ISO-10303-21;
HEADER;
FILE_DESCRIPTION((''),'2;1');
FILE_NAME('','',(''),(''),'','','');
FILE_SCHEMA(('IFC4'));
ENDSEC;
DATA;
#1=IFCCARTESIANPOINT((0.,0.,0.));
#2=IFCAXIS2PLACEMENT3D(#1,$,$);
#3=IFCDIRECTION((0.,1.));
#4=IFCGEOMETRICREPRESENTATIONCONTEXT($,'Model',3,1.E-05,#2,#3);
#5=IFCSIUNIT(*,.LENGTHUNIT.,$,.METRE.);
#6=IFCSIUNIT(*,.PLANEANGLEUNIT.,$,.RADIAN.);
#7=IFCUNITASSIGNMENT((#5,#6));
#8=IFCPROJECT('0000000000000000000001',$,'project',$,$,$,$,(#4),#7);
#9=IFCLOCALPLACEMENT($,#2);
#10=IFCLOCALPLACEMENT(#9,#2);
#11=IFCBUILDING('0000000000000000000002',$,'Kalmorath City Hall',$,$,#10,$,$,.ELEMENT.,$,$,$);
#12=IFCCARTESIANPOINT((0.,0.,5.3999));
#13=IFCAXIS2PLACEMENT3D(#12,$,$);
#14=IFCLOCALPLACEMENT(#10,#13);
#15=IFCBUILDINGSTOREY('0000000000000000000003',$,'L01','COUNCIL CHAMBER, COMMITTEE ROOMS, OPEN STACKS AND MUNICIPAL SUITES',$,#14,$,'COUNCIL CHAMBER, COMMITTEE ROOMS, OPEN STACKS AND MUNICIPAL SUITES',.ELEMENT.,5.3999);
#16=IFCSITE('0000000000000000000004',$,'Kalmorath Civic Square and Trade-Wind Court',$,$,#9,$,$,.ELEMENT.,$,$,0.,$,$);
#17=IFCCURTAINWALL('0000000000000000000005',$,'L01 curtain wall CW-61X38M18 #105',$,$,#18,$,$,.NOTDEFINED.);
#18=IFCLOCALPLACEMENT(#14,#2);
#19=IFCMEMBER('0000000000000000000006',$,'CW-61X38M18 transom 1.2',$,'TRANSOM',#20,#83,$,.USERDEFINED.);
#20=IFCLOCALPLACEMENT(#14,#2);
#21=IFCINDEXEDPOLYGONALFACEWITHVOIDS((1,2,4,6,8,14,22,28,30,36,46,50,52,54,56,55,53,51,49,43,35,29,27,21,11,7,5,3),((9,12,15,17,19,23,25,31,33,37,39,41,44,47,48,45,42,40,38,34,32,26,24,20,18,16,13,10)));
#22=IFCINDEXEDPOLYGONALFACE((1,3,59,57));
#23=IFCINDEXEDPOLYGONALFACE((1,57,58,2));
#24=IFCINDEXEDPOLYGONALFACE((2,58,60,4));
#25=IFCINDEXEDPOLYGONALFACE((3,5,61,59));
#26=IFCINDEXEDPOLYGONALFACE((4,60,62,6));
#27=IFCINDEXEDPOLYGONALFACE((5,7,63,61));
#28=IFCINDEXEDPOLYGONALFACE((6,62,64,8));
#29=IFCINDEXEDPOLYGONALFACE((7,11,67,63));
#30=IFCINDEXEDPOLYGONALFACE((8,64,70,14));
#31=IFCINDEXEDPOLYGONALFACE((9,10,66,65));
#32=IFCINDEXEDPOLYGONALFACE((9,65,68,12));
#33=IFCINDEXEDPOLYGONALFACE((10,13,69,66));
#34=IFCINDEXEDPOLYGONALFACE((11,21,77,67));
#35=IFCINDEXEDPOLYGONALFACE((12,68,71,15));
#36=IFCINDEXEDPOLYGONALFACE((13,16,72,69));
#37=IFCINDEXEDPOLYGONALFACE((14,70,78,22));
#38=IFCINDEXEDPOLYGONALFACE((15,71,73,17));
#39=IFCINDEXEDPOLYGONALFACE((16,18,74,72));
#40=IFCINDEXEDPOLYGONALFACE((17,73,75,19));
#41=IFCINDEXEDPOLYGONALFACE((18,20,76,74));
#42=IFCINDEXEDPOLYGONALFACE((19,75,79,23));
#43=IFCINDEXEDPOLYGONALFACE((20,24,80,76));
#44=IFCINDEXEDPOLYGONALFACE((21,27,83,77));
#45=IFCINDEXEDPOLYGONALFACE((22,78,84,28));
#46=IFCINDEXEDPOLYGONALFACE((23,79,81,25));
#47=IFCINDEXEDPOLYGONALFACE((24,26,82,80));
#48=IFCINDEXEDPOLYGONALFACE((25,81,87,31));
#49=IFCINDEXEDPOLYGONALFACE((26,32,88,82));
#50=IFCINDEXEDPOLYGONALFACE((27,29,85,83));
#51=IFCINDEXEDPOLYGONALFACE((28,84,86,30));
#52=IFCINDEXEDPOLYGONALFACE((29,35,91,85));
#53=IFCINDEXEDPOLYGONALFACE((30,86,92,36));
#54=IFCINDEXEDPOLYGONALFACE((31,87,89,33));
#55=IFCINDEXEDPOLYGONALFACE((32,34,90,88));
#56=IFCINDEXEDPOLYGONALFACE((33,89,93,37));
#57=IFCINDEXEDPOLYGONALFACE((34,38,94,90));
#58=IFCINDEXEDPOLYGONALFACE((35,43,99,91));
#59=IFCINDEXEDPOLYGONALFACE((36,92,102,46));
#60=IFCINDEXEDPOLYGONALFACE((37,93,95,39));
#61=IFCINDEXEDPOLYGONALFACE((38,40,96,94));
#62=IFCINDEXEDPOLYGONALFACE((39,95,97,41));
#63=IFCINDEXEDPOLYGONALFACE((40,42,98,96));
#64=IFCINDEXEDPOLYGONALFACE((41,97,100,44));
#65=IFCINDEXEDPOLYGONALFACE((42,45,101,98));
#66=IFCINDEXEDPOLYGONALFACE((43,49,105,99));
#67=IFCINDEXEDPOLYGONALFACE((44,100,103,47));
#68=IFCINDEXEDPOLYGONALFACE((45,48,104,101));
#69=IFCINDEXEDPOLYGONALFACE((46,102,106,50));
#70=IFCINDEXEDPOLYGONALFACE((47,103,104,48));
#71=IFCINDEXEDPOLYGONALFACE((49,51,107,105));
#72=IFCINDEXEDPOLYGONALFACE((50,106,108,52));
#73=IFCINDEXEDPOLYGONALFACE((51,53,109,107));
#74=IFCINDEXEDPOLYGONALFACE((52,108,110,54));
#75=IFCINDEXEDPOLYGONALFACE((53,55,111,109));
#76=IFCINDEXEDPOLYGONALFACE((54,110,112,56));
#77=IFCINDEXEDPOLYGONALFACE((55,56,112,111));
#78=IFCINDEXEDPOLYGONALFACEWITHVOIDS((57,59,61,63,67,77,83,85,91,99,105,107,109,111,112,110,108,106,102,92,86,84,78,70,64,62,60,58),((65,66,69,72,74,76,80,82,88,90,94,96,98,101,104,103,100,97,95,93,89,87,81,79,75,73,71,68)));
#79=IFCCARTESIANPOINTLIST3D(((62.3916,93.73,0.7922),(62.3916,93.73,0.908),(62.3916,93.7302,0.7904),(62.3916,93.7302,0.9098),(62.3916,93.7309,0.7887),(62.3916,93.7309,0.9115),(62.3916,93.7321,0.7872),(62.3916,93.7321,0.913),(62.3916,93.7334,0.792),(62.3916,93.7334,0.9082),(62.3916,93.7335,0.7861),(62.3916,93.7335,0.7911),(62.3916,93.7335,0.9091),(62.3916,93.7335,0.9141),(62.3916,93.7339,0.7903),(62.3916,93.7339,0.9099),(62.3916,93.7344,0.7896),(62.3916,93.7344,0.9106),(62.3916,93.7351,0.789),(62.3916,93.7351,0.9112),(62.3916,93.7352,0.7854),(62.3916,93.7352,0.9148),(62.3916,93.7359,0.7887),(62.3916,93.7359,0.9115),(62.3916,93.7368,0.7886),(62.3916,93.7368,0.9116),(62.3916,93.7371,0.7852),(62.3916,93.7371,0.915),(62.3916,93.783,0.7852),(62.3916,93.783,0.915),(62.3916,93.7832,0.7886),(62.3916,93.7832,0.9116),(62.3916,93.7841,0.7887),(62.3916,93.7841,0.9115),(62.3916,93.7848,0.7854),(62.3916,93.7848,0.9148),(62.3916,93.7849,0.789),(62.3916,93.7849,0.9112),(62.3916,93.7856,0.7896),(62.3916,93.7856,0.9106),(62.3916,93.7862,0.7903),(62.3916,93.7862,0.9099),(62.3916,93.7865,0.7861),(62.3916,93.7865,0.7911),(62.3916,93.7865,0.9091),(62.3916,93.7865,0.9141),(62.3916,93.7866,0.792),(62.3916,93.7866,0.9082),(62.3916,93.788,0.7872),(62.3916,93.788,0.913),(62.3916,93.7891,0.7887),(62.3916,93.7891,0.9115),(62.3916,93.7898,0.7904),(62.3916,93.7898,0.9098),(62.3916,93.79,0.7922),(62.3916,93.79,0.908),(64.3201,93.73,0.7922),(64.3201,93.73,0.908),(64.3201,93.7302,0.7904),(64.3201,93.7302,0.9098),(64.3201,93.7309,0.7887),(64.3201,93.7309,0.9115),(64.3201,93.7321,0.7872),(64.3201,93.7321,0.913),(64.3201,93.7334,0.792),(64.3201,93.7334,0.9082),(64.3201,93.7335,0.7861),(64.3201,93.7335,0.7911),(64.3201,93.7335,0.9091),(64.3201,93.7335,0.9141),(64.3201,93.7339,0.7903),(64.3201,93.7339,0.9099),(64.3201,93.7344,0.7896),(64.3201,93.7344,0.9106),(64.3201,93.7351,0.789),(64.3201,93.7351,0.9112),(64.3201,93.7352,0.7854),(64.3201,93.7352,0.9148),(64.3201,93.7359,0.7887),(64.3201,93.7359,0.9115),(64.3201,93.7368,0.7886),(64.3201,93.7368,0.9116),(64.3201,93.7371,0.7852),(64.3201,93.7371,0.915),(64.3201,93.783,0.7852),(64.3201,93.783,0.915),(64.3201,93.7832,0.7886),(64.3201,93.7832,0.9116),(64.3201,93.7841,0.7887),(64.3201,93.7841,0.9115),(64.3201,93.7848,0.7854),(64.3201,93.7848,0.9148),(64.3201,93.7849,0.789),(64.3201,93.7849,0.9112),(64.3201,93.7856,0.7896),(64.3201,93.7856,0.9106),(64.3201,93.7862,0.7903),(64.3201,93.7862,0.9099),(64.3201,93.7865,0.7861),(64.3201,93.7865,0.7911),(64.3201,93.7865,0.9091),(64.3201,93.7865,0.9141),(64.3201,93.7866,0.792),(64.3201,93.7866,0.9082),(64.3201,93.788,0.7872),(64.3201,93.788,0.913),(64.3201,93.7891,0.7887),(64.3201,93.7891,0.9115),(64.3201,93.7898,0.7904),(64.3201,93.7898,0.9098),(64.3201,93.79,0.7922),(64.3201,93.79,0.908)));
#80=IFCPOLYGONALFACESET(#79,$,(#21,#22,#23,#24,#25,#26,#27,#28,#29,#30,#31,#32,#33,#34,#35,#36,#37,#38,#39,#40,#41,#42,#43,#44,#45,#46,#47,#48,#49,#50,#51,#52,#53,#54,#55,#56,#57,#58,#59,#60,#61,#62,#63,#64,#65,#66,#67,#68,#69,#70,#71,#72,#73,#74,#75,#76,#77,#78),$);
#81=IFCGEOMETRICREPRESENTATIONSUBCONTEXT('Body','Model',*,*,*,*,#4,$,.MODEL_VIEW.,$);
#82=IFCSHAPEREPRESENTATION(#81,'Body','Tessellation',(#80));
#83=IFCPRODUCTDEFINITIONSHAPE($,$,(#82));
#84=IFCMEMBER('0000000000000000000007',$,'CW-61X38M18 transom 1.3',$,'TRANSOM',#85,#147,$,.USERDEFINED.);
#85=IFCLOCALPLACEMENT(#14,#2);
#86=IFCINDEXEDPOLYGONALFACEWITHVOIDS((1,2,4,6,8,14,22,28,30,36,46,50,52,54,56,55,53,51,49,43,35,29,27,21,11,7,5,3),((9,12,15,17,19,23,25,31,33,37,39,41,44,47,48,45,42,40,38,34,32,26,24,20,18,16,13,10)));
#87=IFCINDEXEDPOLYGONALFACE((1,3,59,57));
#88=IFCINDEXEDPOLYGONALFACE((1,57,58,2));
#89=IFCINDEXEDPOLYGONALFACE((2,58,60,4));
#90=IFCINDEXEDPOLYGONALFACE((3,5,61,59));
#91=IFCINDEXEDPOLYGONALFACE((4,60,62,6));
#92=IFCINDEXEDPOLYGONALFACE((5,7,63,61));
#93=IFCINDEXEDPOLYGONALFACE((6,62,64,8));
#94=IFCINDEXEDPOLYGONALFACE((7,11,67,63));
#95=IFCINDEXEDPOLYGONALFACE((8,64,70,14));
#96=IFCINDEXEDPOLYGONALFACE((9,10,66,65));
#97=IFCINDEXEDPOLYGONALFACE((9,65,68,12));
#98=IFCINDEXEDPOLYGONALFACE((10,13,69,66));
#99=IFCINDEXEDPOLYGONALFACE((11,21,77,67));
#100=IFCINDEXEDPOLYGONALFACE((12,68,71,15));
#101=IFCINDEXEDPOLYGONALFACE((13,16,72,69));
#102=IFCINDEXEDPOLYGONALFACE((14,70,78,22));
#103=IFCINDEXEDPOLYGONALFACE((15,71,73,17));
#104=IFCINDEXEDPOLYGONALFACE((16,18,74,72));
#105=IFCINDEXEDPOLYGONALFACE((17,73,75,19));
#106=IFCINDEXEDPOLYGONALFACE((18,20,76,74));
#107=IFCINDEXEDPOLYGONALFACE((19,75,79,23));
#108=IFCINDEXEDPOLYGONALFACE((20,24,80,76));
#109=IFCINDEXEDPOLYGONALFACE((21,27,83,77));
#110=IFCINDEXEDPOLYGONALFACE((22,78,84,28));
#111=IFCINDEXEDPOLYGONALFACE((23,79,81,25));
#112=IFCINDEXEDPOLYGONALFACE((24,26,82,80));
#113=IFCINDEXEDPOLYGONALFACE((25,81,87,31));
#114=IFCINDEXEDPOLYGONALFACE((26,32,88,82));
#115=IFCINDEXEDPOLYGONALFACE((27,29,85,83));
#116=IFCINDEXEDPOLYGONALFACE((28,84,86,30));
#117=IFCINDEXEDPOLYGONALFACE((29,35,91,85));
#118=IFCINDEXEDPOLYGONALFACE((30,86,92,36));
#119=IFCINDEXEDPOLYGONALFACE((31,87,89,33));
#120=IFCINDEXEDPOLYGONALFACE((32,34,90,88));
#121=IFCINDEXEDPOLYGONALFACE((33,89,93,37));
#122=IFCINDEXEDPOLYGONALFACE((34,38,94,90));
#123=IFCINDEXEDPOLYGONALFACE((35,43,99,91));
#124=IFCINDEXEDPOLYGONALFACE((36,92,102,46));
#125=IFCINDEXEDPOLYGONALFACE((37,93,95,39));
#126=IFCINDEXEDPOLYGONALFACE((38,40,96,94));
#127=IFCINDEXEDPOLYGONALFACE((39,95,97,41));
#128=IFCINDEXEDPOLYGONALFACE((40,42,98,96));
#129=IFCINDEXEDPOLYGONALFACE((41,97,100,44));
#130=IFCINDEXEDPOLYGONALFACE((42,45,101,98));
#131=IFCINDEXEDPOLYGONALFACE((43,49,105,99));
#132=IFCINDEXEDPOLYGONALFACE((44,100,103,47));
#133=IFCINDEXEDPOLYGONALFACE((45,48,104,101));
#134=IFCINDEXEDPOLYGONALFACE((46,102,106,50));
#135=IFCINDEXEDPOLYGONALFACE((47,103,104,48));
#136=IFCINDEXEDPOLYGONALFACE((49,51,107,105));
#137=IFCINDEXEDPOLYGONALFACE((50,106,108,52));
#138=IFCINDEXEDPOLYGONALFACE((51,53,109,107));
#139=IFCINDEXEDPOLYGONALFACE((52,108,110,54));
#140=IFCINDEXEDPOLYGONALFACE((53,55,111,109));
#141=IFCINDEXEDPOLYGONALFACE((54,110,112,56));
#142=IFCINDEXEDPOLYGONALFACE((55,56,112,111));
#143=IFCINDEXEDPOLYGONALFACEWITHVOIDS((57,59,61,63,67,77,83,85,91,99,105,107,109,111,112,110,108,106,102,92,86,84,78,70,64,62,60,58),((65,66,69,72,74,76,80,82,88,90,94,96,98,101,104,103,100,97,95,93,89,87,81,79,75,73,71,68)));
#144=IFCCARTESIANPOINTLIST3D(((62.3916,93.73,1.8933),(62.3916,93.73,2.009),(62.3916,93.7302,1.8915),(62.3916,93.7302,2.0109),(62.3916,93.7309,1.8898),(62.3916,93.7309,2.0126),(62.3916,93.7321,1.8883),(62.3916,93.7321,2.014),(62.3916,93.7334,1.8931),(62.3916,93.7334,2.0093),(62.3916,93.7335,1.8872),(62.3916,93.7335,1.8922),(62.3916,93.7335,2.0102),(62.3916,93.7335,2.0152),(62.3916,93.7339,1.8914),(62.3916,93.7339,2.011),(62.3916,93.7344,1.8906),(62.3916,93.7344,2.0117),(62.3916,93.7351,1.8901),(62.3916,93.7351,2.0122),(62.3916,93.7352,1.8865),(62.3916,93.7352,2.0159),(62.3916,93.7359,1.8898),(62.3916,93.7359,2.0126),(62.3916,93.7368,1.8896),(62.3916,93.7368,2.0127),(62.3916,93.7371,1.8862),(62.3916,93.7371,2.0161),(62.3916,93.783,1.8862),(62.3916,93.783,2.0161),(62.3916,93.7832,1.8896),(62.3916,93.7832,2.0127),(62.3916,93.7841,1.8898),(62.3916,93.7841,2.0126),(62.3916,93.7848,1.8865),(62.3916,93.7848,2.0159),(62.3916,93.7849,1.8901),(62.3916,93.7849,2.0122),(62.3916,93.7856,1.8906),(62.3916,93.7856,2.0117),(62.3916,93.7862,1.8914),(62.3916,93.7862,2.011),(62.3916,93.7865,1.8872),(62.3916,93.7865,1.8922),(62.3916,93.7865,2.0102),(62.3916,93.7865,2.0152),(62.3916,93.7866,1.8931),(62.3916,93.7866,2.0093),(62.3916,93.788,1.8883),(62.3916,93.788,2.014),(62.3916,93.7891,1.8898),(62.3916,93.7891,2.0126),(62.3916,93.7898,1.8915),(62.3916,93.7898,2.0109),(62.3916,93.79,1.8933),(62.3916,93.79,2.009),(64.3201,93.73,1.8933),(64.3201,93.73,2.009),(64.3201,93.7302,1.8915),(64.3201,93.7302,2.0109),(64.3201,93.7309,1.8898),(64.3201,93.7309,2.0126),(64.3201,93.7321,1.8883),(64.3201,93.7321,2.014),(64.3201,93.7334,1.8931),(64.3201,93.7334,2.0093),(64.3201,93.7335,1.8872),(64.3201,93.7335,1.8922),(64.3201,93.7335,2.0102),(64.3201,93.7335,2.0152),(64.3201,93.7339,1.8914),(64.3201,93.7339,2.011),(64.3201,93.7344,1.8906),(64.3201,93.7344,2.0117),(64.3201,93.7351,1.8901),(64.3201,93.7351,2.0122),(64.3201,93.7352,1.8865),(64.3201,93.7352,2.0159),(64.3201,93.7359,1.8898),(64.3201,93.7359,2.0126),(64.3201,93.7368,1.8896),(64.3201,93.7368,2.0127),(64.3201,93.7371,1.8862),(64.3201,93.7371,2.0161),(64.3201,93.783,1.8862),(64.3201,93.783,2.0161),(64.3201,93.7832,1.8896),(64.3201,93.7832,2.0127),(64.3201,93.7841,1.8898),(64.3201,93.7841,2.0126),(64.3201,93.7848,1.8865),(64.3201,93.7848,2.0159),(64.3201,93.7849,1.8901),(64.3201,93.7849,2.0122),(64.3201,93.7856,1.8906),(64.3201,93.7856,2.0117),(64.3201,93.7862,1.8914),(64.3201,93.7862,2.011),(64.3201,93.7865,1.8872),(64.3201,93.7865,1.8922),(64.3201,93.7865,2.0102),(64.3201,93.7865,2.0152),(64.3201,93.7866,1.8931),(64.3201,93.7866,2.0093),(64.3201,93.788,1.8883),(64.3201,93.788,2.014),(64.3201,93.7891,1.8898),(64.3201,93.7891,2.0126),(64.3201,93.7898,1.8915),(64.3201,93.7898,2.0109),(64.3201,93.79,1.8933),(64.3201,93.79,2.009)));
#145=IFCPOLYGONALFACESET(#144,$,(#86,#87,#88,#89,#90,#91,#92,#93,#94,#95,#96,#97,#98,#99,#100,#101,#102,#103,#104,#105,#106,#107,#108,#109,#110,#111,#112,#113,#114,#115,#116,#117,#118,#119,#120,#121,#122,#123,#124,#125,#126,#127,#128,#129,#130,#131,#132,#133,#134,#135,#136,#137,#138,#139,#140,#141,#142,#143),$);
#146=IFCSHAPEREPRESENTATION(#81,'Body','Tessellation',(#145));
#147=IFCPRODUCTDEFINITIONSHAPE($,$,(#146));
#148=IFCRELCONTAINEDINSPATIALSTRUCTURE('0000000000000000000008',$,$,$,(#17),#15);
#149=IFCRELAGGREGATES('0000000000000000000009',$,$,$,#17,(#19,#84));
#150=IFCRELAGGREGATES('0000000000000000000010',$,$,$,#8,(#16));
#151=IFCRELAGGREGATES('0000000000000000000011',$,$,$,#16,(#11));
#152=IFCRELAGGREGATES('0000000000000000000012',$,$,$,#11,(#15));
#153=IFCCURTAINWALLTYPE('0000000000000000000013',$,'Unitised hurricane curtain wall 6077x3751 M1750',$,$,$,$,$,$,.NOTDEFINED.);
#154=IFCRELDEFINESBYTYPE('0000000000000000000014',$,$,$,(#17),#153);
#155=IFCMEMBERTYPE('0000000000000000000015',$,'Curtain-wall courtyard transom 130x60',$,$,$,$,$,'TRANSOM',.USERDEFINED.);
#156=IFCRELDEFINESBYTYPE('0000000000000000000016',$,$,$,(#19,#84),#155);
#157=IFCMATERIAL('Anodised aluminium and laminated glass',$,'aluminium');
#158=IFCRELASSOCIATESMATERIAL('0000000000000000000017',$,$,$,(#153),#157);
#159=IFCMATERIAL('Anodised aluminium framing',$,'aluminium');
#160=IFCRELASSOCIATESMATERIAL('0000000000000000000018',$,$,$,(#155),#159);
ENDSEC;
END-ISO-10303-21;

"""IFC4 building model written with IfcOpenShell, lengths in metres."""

from ifc_helpers import new_model, si_unit, direction, frame, origin, origin_2d, place, context, subcontext, project, spatial, hollow_rectangle, extrude, material, material_profile, profile_set, type_object, element, aggregate, save


model = new_model("IFC4")

# Units and contexts
model_context = context("Model", 3, precision=1e-05, world=origin(), true_north=direction((0.0, 1.0)))
body_context = subcontext(model_context, "Body", "Model", "MODEL_VIEW")
ifc_project = project(units=[si_unit("LENGTHUNIT", "METRE"), si_unit("PLANEANGLEUNIT", "RADIAN")], contexts=[model_context])

# Site, building, storey
site_placement = place(None, origin())
site = spatial("IfcSite", under=ifc_project, at=site_placement, Name="Kalmorath Civic Square and Trade-Wind Court", CompositionType="ELEMENT", RefElevation=0.0)
building_placement = place(site_placement, origin())
building = spatial("IfcBuilding", under=site, at=building_placement, Name="Kalmorath City Hall", CompositionType="ELEMENT")
storey_placement = place(building_placement, frame((0.0, 0.0, 5.3999)))
storey = spatial("IfcBuildingStorey", under=building, at=storey_placement, Name="L01", Description="COUNCIL CHAMBER, COMMITTEE ROOMS, OPEN STACKS AND MUNICIPAL SUITES", LongName="COUNCIL CHAMBER, COMMITTEE ROOMS, OPEN STACKS AND MUNICIPAL SUITES", CompositionType="ELEMENT", Elevation=5.3999)

# Curtain wall, members
ifc_material_1 = material(Name="Anodised aluminium and laminated glass", Category="aluminium")
curtain_wall_type = type_object("IfcCurtainWallType", Name="Unitised hurricane curtain wall 6077x3751 M1750", PredefinedType="NOTDEFINED", material=ifc_material_1)
curtain_wall_placement = place(storey_placement, origin())
curtain_wall = element("IfcCurtainWall", 1, at=curtain_wall_placement, inside=storey, type_object=curtain_wall_type, Name="L01 curtain wall CW-61X38M18 #105", PredefinedType="NOTDEFINED")
ifc_material_2 = material(Name="Anodised aluminium framing", Category="aluminium")
ifc_material_profile_1 = material_profile(ifc_material_2, hollow_rectangle(XDim=0.0601, YDim=0.1299, WallThickness=0.0034, InnerFilletRadius=0.0034, OuterFilletRadius=0.0071, at=origin_2d()), Name="ALU-TRN-130X60X3.5")
ifc_profile_set_1 = profile_set([ifc_material_profile_1], Name="Anodised aluminium framing")
member_type_1 = type_object("IfcMemberType", Name="Curtain-wall courtyard transom 130x60", ElementType="TRANSOM", PredefinedType="USERDEFINED", material=ifc_profile_set_1)
member_1_placement = place(storey_placement, frame((64.3201, 93.76, 0.8501), z_axis=(-1.0, 0.0, 0.0), x_axis=(0.0, -1.0, 0.0)))
member_1 = element("IfcMember", 2, at=member_1_placement, type_object=member_type_1, Name="CW-61X38M18 transom 1.2", ObjectType="TRANSOM", PredefinedType="USERDEFINED", context=body_context, shape_type="SweptSolid", body=[
    extrude(hollow_rectangle(XDim=0.0601, YDim=0.1299, WallThickness=0.0034, InnerFilletRadius=0.0034, OuterFilletRadius=0.0071, at=origin_2d()), origin(), (0.0, 0.0, 1.0), 1.9285),
])
member_2_placement = place(storey_placement, frame((64.3201, 93.76, 1.9512), z_axis=(-1.0, 0.0, 0.0), x_axis=(0.0, -1.0, 0.0)))
member_2 = element("IfcMember", 3, at=member_2_placement, type_object=member_type_1, Name="CW-61X38M18 transom 1.3", ObjectType="TRANSOM", PredefinedType="USERDEFINED", context=body_context, shape_type="SweptSolid", body=[
    extrude(hollow_rectangle(XDim=0.0601, YDim=0.1299, WallThickness=0.0034, InnerFilletRadius=0.0034, OuterFilletRadius=0.0071, at=origin_2d()), origin(), (0.0, 0.0, 1.0), 1.9285),
])
aggregate(curtain_wall, [member_1, member_2])

save(model, "model.ifc")
